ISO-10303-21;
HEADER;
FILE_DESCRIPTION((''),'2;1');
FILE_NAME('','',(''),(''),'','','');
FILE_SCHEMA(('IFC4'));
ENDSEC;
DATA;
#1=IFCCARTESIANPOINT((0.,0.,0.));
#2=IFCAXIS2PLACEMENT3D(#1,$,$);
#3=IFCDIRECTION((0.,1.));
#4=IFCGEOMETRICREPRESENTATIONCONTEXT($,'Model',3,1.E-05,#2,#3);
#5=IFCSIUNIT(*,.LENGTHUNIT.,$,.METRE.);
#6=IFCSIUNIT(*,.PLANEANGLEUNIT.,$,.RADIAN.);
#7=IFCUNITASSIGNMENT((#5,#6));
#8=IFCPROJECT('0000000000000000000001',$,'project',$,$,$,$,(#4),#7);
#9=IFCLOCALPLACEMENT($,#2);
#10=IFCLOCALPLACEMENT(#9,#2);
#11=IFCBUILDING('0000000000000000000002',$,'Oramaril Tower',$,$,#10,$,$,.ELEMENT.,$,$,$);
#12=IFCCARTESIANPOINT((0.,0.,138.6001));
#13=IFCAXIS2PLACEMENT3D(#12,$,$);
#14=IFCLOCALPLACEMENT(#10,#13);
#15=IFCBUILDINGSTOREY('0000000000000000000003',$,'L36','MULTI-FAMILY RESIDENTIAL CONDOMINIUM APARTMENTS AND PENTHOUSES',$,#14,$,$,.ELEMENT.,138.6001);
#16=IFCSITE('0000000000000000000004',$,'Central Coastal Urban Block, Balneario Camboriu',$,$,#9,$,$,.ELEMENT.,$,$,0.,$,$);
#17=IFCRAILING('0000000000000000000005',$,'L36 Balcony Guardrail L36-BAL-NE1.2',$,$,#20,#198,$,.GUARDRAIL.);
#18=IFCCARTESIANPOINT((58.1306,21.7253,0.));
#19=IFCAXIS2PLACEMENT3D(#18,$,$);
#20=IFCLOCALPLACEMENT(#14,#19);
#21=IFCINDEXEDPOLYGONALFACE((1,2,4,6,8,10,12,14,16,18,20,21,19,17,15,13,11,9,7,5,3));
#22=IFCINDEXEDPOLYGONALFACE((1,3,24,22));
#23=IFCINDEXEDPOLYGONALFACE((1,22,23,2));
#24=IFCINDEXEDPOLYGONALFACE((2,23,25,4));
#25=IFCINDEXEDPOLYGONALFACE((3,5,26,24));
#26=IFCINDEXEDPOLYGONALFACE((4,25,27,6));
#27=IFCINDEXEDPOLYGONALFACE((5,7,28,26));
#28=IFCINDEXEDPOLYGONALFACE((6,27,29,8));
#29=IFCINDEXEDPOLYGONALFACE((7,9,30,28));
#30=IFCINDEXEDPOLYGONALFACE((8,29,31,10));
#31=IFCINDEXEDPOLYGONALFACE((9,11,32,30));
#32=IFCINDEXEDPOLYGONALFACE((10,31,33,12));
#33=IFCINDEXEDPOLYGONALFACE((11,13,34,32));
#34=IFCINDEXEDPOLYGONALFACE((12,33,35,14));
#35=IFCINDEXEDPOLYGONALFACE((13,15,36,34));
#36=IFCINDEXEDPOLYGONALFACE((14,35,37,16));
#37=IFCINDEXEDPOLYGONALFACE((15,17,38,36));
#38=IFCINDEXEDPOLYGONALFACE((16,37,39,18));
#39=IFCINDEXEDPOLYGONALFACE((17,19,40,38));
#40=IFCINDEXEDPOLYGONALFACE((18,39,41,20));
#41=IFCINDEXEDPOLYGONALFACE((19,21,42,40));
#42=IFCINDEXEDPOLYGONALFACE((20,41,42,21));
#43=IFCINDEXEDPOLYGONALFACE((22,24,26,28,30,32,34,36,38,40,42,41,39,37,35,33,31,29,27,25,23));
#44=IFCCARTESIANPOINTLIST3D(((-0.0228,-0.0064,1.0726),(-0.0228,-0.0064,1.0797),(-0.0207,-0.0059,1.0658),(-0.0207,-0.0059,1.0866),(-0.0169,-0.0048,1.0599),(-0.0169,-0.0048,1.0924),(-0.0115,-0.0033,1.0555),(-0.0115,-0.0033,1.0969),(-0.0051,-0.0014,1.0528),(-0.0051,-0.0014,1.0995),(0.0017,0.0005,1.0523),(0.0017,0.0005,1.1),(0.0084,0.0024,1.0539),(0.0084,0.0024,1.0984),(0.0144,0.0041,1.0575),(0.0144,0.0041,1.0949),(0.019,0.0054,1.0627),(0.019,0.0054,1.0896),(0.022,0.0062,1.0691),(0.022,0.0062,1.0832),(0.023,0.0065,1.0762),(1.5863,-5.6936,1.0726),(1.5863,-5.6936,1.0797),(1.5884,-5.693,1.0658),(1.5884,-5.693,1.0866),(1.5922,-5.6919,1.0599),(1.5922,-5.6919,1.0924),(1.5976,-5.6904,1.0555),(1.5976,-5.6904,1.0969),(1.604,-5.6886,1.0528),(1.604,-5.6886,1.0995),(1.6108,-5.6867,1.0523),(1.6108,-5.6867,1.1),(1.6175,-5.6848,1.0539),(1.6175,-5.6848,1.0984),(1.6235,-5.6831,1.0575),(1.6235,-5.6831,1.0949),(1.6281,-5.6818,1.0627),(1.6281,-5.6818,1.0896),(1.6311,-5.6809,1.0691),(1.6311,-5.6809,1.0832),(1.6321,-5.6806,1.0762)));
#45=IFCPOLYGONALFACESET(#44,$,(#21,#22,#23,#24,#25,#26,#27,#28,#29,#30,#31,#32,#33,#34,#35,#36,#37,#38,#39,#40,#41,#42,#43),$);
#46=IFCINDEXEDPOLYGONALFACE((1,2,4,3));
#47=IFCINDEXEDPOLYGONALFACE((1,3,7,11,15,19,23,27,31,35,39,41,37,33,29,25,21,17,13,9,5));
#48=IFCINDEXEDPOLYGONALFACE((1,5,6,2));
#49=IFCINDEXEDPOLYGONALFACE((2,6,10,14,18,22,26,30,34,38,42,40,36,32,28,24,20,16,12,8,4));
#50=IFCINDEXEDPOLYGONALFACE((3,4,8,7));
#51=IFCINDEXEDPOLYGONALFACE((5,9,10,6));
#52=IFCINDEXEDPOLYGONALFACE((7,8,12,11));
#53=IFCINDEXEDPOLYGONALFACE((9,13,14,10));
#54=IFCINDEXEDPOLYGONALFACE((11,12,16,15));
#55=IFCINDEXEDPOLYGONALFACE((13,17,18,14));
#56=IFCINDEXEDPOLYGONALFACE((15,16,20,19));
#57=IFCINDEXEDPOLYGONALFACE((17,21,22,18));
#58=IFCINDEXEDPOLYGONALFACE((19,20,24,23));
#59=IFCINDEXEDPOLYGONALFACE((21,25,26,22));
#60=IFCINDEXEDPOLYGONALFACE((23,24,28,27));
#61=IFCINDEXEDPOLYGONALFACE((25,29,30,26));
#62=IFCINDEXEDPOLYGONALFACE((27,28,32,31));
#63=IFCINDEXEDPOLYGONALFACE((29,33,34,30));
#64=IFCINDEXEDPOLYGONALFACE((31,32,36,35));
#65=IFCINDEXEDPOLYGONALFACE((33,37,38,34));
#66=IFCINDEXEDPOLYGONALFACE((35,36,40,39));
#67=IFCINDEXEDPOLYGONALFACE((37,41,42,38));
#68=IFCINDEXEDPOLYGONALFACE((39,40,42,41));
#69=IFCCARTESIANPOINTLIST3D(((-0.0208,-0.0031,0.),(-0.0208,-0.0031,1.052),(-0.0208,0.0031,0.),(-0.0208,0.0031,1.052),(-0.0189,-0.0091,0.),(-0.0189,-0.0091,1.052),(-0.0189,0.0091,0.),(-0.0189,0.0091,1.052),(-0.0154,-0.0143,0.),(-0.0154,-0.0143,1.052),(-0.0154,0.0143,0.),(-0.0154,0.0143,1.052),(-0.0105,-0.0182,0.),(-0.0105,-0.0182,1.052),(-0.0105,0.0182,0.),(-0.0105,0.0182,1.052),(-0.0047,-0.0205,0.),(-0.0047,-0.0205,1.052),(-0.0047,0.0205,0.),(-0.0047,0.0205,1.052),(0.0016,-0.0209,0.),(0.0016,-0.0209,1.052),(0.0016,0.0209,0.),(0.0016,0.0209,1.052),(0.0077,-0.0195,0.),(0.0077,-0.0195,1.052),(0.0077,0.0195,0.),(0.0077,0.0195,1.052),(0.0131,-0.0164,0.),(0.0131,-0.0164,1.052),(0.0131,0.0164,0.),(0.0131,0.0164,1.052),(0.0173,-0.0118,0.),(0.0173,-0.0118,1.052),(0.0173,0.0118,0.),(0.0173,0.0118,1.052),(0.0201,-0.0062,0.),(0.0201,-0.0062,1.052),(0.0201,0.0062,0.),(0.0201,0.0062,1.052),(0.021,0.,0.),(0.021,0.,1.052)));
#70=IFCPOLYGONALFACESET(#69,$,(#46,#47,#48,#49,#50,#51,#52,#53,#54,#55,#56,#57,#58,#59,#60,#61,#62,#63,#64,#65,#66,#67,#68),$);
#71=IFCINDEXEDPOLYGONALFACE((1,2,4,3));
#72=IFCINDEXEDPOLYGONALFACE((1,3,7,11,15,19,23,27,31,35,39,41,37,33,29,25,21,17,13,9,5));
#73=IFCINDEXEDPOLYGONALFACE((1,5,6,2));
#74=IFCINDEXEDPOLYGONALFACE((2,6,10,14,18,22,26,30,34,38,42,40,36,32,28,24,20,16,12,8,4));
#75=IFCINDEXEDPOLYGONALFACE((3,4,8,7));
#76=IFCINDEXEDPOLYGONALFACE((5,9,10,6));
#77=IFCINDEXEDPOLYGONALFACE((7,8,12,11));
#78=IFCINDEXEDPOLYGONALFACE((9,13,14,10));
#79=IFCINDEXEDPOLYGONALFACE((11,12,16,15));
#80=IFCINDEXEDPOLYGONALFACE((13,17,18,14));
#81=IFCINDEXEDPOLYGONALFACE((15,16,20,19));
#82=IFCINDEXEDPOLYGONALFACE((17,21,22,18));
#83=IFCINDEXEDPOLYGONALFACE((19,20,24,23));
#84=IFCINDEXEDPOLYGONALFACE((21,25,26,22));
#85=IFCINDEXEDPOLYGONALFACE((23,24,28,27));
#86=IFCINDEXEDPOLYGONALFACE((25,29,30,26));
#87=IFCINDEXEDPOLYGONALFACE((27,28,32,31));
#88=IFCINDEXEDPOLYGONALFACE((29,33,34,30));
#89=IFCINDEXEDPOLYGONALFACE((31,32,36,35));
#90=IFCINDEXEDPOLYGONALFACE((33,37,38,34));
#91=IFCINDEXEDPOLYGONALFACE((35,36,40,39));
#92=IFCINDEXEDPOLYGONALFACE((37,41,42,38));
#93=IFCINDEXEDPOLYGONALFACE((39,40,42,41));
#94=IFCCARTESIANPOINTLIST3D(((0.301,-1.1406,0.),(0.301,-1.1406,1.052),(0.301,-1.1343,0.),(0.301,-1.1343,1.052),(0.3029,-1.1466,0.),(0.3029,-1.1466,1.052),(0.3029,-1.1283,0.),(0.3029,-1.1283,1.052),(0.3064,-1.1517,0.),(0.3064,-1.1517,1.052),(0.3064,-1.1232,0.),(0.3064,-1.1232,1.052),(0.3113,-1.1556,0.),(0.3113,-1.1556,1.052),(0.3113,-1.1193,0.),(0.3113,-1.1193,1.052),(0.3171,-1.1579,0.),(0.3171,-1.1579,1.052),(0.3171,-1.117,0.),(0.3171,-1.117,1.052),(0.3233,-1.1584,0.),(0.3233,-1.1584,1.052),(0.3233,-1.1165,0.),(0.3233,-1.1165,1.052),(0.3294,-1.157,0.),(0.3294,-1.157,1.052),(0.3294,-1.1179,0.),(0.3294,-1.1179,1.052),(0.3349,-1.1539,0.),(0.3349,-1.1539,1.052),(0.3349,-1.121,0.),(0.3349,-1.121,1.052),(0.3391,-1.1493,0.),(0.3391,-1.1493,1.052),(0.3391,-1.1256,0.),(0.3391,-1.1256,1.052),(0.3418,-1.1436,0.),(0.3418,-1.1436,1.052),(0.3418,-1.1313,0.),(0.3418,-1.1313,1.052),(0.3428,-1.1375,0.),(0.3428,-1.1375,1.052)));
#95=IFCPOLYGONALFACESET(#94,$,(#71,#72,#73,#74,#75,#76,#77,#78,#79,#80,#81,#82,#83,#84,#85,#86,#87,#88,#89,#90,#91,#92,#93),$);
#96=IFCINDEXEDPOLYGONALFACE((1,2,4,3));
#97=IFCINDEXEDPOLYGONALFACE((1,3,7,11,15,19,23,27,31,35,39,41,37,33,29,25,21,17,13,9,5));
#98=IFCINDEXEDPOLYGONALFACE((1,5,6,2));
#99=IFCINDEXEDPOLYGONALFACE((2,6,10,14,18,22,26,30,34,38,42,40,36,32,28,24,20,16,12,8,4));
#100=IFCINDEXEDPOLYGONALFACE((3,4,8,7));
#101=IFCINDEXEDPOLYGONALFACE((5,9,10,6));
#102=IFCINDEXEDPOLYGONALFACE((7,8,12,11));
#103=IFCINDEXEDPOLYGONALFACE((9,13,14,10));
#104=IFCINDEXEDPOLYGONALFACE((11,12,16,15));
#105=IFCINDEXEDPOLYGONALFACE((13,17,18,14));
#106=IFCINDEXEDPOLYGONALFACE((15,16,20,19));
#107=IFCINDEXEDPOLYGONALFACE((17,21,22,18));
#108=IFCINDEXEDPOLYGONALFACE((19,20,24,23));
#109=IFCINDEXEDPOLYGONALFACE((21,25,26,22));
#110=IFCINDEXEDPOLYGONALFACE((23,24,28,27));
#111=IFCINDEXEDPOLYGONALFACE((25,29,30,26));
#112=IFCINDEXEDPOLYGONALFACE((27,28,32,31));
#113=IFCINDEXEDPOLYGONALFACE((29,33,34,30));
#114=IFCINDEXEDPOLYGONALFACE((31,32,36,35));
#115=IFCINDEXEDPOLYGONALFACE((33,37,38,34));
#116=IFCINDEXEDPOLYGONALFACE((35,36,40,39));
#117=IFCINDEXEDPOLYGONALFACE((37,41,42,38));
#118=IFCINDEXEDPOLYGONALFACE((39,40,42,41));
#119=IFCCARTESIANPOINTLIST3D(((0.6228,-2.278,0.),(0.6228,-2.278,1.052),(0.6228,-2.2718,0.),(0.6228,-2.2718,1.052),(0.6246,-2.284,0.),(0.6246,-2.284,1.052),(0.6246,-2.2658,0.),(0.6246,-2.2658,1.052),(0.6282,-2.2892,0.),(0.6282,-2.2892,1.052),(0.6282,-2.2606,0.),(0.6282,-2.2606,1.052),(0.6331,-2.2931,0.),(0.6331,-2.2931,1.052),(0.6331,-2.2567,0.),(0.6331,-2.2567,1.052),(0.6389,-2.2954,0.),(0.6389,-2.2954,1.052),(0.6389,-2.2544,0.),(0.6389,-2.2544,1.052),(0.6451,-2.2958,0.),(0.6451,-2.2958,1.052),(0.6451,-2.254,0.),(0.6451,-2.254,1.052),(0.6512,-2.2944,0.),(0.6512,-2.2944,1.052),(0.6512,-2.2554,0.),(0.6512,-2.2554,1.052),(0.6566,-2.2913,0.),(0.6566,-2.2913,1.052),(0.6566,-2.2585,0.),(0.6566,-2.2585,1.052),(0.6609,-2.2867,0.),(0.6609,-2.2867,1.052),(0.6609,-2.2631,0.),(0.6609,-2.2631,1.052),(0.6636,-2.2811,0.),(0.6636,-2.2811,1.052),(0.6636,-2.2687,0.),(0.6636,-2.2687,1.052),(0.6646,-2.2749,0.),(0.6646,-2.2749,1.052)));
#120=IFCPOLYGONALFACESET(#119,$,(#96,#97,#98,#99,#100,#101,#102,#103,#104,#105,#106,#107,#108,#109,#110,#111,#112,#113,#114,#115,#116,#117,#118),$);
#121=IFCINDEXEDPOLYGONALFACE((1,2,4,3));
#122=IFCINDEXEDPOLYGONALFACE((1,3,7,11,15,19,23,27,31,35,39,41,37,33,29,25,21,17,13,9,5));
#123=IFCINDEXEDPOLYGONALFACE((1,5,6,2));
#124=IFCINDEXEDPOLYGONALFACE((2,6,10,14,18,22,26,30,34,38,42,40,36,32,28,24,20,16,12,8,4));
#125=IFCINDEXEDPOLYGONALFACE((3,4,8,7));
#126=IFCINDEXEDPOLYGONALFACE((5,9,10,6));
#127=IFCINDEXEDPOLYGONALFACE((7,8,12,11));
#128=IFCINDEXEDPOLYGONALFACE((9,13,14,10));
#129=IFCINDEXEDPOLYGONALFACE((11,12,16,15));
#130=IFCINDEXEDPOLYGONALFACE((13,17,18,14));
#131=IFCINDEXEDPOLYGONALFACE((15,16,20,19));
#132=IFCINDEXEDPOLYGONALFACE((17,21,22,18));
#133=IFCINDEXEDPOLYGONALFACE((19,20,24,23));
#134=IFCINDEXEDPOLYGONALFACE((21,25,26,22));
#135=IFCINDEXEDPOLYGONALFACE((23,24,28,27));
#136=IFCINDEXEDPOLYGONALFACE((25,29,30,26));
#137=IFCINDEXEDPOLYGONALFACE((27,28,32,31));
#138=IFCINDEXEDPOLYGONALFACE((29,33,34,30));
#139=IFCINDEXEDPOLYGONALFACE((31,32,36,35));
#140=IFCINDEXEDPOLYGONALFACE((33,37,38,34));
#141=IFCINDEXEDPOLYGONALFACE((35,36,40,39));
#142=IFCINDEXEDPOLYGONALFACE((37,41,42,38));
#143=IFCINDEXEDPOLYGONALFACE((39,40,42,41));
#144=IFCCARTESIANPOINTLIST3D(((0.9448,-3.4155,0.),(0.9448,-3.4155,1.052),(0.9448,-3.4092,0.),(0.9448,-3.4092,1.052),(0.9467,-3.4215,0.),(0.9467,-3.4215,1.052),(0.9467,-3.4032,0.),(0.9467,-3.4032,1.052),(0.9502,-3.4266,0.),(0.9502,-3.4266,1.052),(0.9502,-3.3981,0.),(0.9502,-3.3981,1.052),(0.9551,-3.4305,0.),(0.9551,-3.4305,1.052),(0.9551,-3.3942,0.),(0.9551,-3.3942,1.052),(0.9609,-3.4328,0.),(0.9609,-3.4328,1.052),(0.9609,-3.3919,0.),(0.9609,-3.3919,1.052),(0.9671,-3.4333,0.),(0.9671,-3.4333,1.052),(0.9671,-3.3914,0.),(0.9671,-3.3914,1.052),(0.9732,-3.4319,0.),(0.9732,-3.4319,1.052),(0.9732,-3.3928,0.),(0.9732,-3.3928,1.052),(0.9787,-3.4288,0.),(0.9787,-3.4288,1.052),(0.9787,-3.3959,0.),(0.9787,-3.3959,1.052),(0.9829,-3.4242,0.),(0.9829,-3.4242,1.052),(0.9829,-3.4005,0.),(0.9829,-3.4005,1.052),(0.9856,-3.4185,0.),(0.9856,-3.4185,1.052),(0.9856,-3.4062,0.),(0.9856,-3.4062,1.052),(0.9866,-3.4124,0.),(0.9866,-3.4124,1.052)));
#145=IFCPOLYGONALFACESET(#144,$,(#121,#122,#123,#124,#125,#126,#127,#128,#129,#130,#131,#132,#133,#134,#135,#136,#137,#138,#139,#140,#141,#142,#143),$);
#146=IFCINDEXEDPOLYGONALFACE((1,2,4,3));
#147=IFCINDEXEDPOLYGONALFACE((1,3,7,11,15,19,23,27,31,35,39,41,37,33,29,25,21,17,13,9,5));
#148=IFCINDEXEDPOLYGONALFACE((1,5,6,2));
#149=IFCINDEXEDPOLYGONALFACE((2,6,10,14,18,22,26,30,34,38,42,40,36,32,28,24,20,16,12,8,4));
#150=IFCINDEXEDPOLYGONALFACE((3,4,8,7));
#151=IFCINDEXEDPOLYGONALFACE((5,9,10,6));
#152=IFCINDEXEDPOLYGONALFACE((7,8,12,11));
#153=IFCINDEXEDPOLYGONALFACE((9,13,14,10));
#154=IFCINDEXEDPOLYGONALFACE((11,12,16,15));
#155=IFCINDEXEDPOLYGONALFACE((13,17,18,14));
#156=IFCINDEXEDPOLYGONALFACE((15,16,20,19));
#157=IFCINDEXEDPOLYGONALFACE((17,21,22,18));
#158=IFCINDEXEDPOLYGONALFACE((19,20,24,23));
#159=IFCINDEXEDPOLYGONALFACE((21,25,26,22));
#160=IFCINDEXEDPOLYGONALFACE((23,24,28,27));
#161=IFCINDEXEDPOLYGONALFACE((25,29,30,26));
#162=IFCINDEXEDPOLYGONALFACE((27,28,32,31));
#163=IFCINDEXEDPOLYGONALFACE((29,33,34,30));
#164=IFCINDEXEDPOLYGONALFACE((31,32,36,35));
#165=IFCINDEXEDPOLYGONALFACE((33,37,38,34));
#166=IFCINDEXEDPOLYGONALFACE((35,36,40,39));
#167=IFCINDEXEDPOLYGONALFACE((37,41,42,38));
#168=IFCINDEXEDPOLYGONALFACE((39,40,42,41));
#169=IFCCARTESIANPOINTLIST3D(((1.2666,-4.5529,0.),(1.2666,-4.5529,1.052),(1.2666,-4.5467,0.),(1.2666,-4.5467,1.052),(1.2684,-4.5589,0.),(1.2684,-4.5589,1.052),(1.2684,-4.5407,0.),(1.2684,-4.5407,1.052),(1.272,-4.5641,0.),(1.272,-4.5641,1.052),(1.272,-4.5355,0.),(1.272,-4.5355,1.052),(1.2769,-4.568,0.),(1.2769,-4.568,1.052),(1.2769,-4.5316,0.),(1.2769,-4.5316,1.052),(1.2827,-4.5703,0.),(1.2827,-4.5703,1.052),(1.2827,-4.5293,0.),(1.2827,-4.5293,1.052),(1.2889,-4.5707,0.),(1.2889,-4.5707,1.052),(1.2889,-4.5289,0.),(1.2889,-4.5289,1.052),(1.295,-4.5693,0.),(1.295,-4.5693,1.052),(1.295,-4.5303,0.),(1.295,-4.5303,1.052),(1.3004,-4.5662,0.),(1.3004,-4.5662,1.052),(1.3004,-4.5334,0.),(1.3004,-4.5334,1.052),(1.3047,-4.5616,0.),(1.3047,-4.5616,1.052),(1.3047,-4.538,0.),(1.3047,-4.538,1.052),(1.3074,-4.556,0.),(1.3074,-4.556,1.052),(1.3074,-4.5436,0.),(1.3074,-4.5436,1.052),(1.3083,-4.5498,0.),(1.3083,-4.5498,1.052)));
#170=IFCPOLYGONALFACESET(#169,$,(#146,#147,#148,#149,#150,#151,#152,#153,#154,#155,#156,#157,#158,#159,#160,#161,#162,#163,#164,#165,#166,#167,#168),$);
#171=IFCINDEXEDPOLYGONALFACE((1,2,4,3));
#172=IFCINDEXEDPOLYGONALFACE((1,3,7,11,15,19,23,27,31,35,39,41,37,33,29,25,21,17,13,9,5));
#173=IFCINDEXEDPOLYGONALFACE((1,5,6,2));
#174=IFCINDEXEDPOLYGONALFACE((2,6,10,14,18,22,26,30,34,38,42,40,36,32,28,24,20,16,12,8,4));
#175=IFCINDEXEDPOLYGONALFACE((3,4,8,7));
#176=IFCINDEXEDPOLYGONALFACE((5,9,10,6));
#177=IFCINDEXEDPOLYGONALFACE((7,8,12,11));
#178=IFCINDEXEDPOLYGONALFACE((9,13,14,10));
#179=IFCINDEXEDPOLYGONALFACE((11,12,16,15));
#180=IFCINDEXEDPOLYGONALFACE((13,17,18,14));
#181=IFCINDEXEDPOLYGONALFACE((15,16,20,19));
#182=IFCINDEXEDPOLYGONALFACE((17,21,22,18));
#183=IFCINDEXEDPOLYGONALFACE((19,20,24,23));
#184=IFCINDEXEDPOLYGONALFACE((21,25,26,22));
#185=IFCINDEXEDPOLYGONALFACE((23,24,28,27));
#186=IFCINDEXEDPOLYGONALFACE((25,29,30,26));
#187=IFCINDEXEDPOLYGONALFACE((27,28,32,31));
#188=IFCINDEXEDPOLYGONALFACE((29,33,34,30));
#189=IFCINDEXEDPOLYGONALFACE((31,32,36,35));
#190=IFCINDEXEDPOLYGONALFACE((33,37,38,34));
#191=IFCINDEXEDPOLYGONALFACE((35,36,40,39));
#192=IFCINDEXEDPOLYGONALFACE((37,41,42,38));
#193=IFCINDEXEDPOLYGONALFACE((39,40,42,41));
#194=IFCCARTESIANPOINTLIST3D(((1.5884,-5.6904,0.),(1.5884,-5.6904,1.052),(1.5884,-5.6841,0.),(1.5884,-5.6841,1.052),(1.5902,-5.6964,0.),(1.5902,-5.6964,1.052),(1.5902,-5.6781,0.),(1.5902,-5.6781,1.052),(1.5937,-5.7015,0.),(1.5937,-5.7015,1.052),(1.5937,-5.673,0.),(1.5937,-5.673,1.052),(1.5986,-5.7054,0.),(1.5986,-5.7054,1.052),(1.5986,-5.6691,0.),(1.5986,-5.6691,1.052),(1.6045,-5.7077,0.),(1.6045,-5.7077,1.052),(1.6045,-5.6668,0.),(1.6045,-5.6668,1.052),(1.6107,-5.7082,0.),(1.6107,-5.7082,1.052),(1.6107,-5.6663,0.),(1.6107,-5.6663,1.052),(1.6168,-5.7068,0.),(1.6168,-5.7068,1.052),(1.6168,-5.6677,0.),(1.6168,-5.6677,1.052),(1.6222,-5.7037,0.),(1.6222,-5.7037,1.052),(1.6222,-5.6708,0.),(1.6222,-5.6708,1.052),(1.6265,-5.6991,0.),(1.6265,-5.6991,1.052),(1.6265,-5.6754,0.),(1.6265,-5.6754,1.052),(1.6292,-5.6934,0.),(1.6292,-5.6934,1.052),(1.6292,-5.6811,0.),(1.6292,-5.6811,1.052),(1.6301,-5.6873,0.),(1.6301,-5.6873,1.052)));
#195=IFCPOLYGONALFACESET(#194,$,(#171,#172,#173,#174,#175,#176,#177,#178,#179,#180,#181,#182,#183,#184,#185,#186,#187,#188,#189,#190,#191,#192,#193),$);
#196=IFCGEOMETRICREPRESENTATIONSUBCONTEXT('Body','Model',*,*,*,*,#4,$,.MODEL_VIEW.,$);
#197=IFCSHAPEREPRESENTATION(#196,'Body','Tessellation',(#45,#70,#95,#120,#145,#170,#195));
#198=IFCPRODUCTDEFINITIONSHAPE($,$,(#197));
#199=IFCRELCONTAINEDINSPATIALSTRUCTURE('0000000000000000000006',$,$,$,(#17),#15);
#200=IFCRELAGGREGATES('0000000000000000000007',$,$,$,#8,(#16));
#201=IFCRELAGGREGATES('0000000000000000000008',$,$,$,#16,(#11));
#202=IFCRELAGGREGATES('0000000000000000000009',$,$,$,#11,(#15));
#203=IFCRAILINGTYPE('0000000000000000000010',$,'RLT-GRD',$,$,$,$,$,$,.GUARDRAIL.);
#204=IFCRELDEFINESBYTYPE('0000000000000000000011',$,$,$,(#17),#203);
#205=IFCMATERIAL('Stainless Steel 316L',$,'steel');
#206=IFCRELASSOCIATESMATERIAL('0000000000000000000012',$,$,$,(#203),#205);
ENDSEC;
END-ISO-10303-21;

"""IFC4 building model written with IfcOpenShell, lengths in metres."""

from ifc_helpers import new_model, si_unit, direction, frame, origin, origin_2d, place, context, subcontext, project, spatial, circle, extrude, material, type_object, element, save


model = new_model("IFC4")

# Units and contexts
model_context = context("Model", 3, precision=1e-05, world=origin(), true_north=direction((0.0, 1.0)))
body_context = subcontext(model_context, "Body", "Model", "MODEL_VIEW")
ifc_project = project(units=[si_unit("LENGTHUNIT", "METRE"), si_unit("PLANEANGLEUNIT", "RADIAN")], contexts=[model_context])

# Site, building, storey
site_placement = place(None, origin())
site = spatial("IfcSite", under=ifc_project, at=site_placement, Name="Central Coastal Urban Block, Balneario Camboriu", CompositionType="ELEMENT", RefElevation=0.0)
building_placement = place(site_placement, origin())
building = spatial("IfcBuilding", under=site, at=building_placement, Name="Oramaril Tower", CompositionType="ELEMENT")
storey_placement = place(building_placement, frame((0.0, 0.0, 138.6001)))
storey = spatial("IfcBuildingStorey", under=building, at=storey_placement, Name="L36", Description="MULTI-FAMILY RESIDENTIAL CONDOMINIUM APARTMENTS AND PENTHOUSES", CompositionType="ELEMENT", Elevation=138.6001)

# Railing
ifc_material_1 = material(Name="Stainless Steel 316L", Category="steel")
railing_type = type_object("IfcRailingType", Name="RLT-GRD", PredefinedType="GUARDRAIL", material=ifc_material_1)
railing_1_placement = place(storey_placement, frame((58.1306, 21.7253, 0.0)))
element("IfcRailing", 1, at=railing_1_placement, inside=storey, type_object=railing_type, Name="L36 Balcony Guardrail L36-BAL-NE1.2", PredefinedType="GUARDRAIL", context=body_context, shape_type="SweptSolid", body=[
    extrude(circle(Radius=0.0239, at=origin_2d()), frame((0.0, 0.0, 1.0762), z_axis=(0.272249, -0.962227, 0.0), x_axis=(0.962227, 0.272249, 0.0)), (0.0, 0.0, 1.0), 5.9104),
    extrude(circle(Radius=0.021, at=origin_2d()), origin(), (0.0, 0.0, 1.0), 1.052),
    extrude(circle(Radius=0.021, at=origin_2d()), frame((0.3218, -1.1375, 0.0)), (0.0, 0.0, 1.0), 1.052),
    extrude(circle(Radius=0.021, at=origin_2d()), frame((0.6436, -2.2749, 0.0)), (0.0, 0.0, 1.0), 1.052),
    extrude(circle(Radius=0.021, at=origin_2d()), frame((0.9656, -3.4124, 0.0)), (0.0, 0.0, 1.0), 1.052),
    extrude(circle(Radius=0.021, at=origin_2d()), frame((1.2874, -4.5498, 0.0)), (0.0, 0.0, 1.0), 1.052),
    extrude(circle(Radius=0.021, at=origin_2d()), frame((1.6091, -5.6873, 0.0)), (0.0, 0.0, 1.0), 1.052),
])

save(model, "model.ifc")
